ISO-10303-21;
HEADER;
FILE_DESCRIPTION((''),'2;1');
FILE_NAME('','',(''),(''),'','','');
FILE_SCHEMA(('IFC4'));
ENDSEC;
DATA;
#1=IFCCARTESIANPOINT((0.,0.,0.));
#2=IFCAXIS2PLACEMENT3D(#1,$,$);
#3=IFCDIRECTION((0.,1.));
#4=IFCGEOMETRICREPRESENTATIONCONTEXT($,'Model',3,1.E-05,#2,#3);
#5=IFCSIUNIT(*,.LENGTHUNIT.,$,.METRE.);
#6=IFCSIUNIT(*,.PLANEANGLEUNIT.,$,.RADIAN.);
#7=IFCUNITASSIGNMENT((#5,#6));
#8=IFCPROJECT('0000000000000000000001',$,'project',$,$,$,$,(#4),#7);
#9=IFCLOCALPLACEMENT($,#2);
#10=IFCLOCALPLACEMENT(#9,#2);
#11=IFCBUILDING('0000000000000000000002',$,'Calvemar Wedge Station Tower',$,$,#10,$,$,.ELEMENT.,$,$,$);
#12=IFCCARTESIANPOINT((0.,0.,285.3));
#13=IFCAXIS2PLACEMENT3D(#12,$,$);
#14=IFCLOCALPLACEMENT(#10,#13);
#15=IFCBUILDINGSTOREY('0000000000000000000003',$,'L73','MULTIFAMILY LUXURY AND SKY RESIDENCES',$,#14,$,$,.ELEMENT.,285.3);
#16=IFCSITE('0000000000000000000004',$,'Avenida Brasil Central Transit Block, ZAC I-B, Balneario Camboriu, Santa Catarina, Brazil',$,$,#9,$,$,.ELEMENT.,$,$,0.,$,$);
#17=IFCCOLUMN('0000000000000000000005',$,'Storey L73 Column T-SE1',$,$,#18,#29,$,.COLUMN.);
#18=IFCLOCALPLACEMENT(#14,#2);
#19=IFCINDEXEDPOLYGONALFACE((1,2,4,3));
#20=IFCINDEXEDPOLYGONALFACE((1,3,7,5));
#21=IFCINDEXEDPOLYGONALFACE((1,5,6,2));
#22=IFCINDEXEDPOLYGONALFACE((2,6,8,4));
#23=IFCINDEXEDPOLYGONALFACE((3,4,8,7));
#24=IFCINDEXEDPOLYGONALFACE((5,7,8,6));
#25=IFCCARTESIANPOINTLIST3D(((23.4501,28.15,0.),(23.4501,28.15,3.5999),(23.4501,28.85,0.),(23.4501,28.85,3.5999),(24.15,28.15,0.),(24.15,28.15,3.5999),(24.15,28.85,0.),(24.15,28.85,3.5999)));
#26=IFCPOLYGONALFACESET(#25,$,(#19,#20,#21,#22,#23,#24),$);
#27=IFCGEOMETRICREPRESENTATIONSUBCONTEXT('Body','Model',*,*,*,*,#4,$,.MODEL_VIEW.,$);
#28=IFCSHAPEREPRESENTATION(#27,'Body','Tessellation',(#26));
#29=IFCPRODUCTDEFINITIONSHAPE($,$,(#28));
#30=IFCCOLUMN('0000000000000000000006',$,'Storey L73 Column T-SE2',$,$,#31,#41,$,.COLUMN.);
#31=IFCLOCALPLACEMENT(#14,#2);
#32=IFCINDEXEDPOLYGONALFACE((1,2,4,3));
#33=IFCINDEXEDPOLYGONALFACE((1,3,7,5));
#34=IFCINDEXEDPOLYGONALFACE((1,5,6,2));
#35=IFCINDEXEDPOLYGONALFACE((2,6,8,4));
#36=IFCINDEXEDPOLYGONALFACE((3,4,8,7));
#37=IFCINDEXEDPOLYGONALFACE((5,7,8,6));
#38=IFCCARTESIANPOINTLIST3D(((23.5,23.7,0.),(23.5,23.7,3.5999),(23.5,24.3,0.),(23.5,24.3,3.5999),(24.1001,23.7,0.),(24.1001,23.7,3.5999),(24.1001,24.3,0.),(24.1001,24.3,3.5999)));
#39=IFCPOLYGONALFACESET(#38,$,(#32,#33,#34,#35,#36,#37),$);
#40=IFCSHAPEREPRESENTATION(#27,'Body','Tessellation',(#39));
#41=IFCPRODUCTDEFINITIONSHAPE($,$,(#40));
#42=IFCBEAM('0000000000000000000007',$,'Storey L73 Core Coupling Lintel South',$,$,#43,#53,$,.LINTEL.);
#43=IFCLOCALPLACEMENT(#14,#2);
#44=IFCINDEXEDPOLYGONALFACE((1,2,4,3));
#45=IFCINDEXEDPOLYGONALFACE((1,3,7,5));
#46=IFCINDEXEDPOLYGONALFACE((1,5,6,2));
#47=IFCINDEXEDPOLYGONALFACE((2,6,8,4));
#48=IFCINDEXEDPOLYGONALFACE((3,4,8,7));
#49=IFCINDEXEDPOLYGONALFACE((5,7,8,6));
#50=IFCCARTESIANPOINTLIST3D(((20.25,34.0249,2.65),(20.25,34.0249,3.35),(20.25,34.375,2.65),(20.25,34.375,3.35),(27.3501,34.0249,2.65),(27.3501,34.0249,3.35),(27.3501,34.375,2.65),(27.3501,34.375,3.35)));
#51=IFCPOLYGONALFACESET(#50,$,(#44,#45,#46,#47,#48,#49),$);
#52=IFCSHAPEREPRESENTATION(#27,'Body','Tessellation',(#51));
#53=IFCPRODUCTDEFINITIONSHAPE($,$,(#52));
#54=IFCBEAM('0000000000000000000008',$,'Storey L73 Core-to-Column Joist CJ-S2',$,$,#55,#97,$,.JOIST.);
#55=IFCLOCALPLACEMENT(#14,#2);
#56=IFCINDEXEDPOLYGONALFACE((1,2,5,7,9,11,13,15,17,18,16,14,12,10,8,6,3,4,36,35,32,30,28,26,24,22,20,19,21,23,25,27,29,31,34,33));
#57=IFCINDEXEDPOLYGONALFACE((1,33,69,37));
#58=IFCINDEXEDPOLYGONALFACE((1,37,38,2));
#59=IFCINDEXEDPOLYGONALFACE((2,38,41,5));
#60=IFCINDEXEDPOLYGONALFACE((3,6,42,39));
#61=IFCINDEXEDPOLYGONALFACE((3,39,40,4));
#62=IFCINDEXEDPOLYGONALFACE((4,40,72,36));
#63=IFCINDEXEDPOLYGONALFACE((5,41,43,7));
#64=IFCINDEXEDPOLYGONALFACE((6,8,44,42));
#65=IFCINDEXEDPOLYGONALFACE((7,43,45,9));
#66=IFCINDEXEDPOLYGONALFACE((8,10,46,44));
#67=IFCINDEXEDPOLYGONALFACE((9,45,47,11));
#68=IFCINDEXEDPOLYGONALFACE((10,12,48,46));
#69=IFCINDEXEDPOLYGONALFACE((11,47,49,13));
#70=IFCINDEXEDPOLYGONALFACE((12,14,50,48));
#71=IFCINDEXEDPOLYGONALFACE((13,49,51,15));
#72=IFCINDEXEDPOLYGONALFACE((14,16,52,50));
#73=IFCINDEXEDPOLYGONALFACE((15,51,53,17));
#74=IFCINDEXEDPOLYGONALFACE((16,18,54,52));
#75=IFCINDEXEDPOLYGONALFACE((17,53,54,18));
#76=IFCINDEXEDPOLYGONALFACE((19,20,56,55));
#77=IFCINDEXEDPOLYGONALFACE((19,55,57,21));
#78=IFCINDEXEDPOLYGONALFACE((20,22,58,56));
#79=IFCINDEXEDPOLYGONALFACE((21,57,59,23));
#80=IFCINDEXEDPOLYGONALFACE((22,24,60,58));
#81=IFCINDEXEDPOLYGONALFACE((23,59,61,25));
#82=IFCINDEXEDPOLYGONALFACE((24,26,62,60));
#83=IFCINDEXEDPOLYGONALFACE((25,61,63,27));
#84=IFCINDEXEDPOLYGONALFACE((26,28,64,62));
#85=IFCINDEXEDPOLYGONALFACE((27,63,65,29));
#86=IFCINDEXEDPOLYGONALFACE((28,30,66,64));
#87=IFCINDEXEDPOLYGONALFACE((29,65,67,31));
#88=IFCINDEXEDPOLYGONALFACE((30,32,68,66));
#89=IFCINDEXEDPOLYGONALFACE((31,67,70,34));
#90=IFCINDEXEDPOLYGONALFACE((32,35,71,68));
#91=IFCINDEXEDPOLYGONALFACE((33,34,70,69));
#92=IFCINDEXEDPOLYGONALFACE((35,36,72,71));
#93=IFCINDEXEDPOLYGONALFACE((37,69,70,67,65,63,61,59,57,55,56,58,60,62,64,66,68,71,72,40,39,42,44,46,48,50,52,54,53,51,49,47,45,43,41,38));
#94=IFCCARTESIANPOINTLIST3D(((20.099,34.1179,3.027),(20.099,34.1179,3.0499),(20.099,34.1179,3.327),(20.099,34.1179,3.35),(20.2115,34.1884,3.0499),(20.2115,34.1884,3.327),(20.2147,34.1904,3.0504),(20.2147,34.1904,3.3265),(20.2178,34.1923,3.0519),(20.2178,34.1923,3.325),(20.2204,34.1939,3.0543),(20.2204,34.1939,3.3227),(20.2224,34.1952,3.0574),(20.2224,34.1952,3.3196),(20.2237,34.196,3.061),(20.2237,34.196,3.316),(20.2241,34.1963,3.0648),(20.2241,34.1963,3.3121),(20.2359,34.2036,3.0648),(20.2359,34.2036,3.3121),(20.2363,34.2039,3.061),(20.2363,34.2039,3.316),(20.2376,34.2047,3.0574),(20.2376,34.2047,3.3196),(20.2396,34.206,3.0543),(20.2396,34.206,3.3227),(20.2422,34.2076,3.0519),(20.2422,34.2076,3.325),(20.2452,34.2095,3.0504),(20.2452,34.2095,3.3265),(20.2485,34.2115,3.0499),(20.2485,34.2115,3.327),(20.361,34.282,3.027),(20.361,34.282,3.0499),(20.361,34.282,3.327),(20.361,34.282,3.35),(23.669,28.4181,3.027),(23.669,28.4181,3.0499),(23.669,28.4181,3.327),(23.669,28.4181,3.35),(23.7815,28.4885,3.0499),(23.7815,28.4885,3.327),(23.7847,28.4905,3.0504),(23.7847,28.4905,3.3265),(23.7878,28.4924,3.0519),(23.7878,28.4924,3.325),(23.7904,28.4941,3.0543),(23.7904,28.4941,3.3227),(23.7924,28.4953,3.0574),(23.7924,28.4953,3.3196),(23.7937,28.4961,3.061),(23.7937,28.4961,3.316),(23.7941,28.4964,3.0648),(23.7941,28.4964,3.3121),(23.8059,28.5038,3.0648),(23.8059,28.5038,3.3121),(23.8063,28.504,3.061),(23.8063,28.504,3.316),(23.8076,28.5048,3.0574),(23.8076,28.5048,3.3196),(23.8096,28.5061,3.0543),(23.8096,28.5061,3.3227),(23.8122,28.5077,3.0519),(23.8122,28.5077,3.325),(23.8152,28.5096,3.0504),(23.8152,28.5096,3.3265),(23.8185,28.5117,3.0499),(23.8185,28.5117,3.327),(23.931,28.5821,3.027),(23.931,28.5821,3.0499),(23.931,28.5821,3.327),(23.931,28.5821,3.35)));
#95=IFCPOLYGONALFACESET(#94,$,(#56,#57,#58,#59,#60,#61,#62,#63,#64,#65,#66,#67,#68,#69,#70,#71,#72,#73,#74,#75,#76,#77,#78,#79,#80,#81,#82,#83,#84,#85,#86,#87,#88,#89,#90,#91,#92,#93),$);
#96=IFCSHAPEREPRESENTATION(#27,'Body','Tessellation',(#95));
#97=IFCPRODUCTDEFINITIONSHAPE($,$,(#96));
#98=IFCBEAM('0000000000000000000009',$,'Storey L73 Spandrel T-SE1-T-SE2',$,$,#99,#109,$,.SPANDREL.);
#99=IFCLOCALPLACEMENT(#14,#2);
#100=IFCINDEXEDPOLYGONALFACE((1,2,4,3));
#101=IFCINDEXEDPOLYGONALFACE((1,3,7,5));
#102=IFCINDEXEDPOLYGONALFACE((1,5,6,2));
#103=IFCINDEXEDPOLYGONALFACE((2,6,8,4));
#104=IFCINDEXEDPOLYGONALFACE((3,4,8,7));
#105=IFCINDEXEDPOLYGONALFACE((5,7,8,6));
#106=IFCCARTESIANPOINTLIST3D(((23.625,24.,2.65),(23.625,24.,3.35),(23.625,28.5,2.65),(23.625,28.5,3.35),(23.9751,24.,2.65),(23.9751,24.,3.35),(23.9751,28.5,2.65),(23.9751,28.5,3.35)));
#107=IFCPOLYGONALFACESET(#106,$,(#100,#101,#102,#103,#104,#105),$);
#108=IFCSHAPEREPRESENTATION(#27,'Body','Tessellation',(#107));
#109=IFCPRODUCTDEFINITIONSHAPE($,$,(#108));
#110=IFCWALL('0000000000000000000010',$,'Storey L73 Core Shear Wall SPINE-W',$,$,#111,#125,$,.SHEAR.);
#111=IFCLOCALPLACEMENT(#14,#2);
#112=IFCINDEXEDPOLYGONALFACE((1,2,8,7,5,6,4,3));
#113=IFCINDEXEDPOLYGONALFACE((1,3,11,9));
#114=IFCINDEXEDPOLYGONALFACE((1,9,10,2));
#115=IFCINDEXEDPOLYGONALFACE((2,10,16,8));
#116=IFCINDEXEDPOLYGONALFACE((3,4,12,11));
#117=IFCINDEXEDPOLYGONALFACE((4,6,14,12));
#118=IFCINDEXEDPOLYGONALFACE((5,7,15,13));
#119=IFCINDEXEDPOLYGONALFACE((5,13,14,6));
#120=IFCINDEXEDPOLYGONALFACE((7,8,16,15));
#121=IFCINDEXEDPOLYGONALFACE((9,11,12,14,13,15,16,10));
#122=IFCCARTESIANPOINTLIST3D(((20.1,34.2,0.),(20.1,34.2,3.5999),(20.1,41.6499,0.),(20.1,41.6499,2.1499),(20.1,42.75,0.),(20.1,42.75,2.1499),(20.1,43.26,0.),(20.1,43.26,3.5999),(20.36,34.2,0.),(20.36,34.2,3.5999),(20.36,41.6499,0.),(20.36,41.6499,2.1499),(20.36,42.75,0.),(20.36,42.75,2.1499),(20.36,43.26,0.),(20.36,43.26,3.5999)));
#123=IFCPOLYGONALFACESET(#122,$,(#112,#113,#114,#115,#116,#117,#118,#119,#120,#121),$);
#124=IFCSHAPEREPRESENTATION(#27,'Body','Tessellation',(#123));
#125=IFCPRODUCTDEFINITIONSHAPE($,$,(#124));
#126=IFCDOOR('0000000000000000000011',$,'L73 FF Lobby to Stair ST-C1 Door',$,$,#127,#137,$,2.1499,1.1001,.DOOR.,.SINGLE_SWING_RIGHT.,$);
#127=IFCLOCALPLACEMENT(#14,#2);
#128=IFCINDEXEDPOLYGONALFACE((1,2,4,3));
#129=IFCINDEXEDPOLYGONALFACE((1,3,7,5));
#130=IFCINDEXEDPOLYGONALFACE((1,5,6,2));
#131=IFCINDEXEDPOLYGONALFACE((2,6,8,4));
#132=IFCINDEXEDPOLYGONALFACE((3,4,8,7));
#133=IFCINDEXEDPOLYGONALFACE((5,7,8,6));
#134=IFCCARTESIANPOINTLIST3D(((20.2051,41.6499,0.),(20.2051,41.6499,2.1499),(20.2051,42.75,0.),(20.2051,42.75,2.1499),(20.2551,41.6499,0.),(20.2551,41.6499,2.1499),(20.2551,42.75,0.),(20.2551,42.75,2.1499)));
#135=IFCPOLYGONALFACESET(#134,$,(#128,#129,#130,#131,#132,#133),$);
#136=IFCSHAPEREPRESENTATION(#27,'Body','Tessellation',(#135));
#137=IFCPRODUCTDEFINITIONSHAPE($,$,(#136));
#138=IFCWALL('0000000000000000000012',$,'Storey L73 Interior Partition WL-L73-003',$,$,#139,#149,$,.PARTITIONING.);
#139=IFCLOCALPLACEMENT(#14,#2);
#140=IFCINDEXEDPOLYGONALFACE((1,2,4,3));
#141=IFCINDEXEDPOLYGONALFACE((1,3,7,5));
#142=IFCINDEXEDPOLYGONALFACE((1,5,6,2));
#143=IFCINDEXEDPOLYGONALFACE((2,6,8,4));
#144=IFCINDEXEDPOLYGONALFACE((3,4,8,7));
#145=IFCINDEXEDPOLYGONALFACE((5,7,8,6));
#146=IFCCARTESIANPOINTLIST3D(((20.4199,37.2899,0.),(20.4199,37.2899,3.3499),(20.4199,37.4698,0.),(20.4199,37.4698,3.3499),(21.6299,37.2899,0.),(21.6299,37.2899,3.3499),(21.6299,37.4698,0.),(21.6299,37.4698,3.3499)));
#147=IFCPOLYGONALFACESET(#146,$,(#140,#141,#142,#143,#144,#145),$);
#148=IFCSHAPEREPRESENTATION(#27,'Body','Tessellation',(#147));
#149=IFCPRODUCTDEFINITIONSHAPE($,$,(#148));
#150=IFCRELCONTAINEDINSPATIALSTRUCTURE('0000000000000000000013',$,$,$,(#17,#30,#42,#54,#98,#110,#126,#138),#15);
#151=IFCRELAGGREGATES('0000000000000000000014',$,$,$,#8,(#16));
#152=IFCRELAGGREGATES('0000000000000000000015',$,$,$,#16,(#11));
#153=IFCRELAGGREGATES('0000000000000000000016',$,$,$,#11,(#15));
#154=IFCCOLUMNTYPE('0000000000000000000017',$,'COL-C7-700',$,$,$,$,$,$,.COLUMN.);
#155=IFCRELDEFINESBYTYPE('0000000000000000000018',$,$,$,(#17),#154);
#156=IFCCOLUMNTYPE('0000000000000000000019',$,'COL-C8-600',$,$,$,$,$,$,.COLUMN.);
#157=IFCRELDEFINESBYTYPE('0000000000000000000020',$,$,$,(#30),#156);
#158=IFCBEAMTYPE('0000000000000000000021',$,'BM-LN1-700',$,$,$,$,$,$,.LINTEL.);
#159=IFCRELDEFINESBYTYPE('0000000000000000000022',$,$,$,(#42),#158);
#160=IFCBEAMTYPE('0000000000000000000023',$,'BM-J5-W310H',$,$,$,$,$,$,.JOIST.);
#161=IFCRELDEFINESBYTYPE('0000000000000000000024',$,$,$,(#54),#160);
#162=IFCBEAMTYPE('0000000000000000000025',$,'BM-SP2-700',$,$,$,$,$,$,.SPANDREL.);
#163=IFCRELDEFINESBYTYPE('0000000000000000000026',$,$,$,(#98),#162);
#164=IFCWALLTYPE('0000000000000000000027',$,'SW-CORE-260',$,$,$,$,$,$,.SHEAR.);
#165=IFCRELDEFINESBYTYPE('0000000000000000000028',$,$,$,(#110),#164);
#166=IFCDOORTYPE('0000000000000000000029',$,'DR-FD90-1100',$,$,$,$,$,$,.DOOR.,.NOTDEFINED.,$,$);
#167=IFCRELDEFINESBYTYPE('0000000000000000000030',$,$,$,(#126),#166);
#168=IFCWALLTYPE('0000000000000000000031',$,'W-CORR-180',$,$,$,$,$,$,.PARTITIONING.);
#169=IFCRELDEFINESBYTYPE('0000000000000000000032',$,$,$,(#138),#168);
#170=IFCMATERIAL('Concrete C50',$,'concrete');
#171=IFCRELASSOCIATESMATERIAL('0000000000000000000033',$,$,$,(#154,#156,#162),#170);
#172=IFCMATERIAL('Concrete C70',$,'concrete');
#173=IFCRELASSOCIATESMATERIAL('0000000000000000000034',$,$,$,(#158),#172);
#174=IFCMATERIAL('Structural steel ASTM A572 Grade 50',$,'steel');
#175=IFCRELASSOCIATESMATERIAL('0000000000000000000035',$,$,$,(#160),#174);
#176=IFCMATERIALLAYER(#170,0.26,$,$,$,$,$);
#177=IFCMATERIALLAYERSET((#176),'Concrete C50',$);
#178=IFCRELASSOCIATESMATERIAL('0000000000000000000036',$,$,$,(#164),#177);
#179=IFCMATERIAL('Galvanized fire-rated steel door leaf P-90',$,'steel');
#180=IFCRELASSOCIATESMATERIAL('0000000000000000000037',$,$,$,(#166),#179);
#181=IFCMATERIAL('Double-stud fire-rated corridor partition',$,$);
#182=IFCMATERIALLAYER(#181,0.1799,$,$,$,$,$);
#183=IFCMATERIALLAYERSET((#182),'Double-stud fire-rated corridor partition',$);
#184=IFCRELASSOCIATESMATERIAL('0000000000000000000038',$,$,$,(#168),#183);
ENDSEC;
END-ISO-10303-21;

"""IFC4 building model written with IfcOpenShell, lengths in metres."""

from ifc_helpers import new_model, si_unit, direction, frame, frame_2d, origin, origin_2d, place, context, subcontext, project, spatial, rectangle, i_section, extrude, source, transform, mapped, material, layer, layer_set, material_profile, profile_set, type_object, element, fill, save


model = new_model("IFC4")

# Units and contexts
model_context = context("Model", 3, precision=1e-05, world=origin(), true_north=direction((0.0, 1.0)))
body_context = subcontext(model_context, "Body", "Model", "MODEL_VIEW")
ifc_project = project(units=[si_unit("LENGTHUNIT", "METRE"), si_unit("PLANEANGLEUNIT", "RADIAN")], contexts=[model_context])

# Site, building, storey
site_placement = place(None, origin())
site = spatial("IfcSite", under=ifc_project, at=site_placement, Name="Avenida Brasil Central Transit Block, ZAC I-B, Balneario Camboriu, Santa Catarina, Brazil", CompositionType="ELEMENT", RefElevation=0.0)
building_placement = place(site_placement, origin())
building = spatial("IfcBuilding", under=site, at=building_placement, Name="Calvemar Wedge Station Tower", CompositionType="ELEMENT")
storey_placement = place(building_placement, frame((0.0, 0.0, 285.3)))
storey = spatial("IfcBuildingStorey", under=building, at=storey_placement, Name="L73", Description="MULTIFAMILY LUXURY AND SKY RESIDENCES", CompositionType="ELEMENT", Elevation=285.3)

# Columns
ifc_material_1 = material(Name="Concrete C50", Category="concrete")
ifc_material_profile_1 = material_profile(ifc_material_1, rectangle(XDim=0.7, YDim=0.7, at=origin_2d()), Name="RC700x700")
ifc_profile_set_1 = profile_set([ifc_material_profile_1], Name="Concrete C50")
column_type_1 = type_object("IfcColumnType", Name="COL-C7-700", PredefinedType="COLUMN", material=ifc_profile_set_1)
shared_shape_1 = source(origin(), body_context, "Body", "SweptSolid", [
    extrude(rectangle(XDim=0.7, YDim=0.7, at=origin_2d()), origin(), (0.0, 0.0, 1.0), 3.5999),
])
column_1_placement = place(storey_placement, frame((23.8, 28.5, 0.0), z_axis=(0.0, 0.0, 1.0), x_axis=(1.0, 0.0, 0.0)))
element("IfcColumn", 1, at=column_1_placement, inside=storey, type_object=column_type_1, Name="Storey L73 Column T-SE1", PredefinedType="COLUMN", context=body_context, shape_type="MappedRepresentation", body=[
    mapped(shared_shape_1, transform((0.0, 0.0, 0.0), scale=1.0)),
])
ifc_material_profile_2 = material_profile(ifc_material_1, rectangle(XDim=0.6001, YDim=0.6001, at=origin_2d()), Name="RC600x600")
ifc_profile_set_2 = profile_set([ifc_material_profile_2], Name="Concrete C50")
column_type_2 = type_object("IfcColumnType", Name="COL-C8-600", PredefinedType="COLUMN", material=ifc_profile_set_2)
shared_shape_2 = source(origin(), body_context, "Body", "SweptSolid", [
    extrude(rectangle(XDim=0.6001, YDim=0.6001, at=origin_2d()), origin(), (0.0, 0.0, 1.0), 3.5999),
])
column_2_placement = place(storey_placement, frame((23.8, 24.0, 0.0), z_axis=(0.0, 0.0, 1.0), x_axis=(1.0, 0.0, 0.0)))
element("IfcColumn", 2, at=column_2_placement, inside=storey, type_object=column_type_2, Name="Storey L73 Column T-SE2", PredefinedType="COLUMN", context=body_context, shape_type="MappedRepresentation", body=[
    mapped(shared_shape_2, transform((0.0, 0.0, 0.0), scale=1.0)),
])

# Beams
ifc_material_2 = material(Name="Concrete C70", Category="concrete")
ifc_material_profile_3 = material_profile(ifc_material_2, rectangle(XDim=0.3501, YDim=0.7, at=origin_2d()), Name="RC350x700")
ifc_profile_set_3 = profile_set([ifc_material_profile_3], Name="Concrete C70")
beam_type_1 = type_object("IfcBeamType", Name="BM-LN1-700", PredefinedType="LINTEL", material=ifc_profile_set_3)
shared_shape_3 = source(origin(), body_context, "Body", "SweptSolid", [
    extrude(rectangle(XDim=0.3501, YDim=0.7, at=origin_2d()), origin(), (0.0, 0.0, 1.0), 7.1001),
])
beam_1_placement = place(storey_placement, frame((20.25, 34.2, 3.0), z_axis=(1.0, 0.0, 0.0), x_axis=(0.0, 1.0, 0.0)))
element("IfcBeam", 3, at=beam_1_placement, inside=storey, type_object=beam_type_1, Name="Storey L73 Core Coupling Lintel South", PredefinedType="LINTEL", context=body_context, shape_type="MappedRepresentation", body=[
    mapped(shared_shape_3, transform((0.0, 0.0, 0.0), scale=1.0)),
])
ifc_material_3 = material(Name="Structural steel ASTM A572 Grade 50", Category="steel")
ifc_material_profile_4 = material_profile(ifc_material_3, i_section(OverallWidth=0.3091, OverallDepth=0.323, WebThickness=0.0139, FlangeThickness=0.0229, FilletRadius=0.0149, at=origin_2d()), Name="W310x143")
ifc_profile_set_4 = profile_set([ifc_material_profile_4], Name="Structural steel ASTM A572 Grade 50")
beam_type_2 = type_object("IfcBeamType", Name="BM-J5-W310H", PredefinedType="JOIST", material=ifc_profile_set_4)
shared_shape_4 = source(origin(), body_context, "Body", "SweptSolid", [
    extrude(i_section(OverallWidth=0.3091, OverallDepth=0.323, WebThickness=0.0139, FlangeThickness=0.0229, FilletRadius=0.0149, at=origin_2d()), origin(), (0.0, 0.0, 1.0), 6.7256),
])
beam_2_placement = place(storey_placement, frame((20.23, 34.2, 3.1885), z_axis=(0.530811, -0.84749, 0.0), x_axis=(0.84749, 0.530811, 0.0)))
element("IfcBeam", 4, at=beam_2_placement, inside=storey, type_object=beam_type_2, Name="Storey L73 Core-to-Column Joist CJ-S2", PredefinedType="JOIST", context=body_context, shape_type="MappedRepresentation", body=[
    mapped(shared_shape_4, transform((0.0, 0.0, 0.0), scale=1.0)),
])
ifc_material_profile_5 = material_profile(ifc_material_1, rectangle(XDim=0.3501, YDim=0.7, at=origin_2d()), Name="RC350x700")
ifc_profile_set_5 = profile_set([ifc_material_profile_5], Name="Concrete C50")
beam_type_3 = type_object("IfcBeamType", Name="BM-SP2-700", PredefinedType="SPANDREL", material=ifc_profile_set_5)
shared_shape_5 = source(origin(), body_context, "Body", "SweptSolid", [
    extrude(rectangle(XDim=0.3501, YDim=0.7, at=origin_2d()), origin(), (0.0, 0.0, 1.0), 4.5),
])
beam_3_placement = place(storey_placement, frame((23.8, 28.5, 3.0), z_axis=(0.0, -1.0, 0.0), x_axis=(1.0, 0.0, 0.0)))
element("IfcBeam", 5, at=beam_3_placement, inside=storey, type_object=beam_type_3, Name="Storey L73 Spandrel T-SE1-T-SE2", PredefinedType="SPANDREL", context=body_context, shape_type="MappedRepresentation", body=[
    mapped(shared_shape_5, transform((0.0, 0.0, 0.0), scale=1.0)),
])

# Wall, opening, door
ifc_layer_1 = layer(ifc_material_1, 0.26)
ifc_layer_set_1 = layer_set([ifc_layer_1], Name="Concrete C50")
wall_type_1 = type_object("IfcWallType", Name="SW-CORE-260", PredefinedType="SHEAR", material=ifc_layer_set_1)
wall_1_placement = place(storey_placement, frame((20.23, 34.2, 0.0), z_axis=(0.0, 0.0, 1.0), x_axis=(0.0, 1.0, 0.0)))
wall_1 = element("IfcWall", 6, at=wall_1_placement, inside=storey, type_object=wall_type_1, Name="Storey L73 Core Shear Wall SPINE-W", PredefinedType="SHEAR", context=body_context, shape_type="SweptSolid", body=[
    extrude(rectangle(XDim=9.0601, YDim=0.26, at=frame_2d((4.53, 0.0))), origin(), (0.0, 0.0, 1.0), 3.5999),
])
shared_shape_6 = source(origin(), body_context, "Body", "SweptSolid", [
    extrude(rectangle(XDim=1.1001, YDim=2.1499, at=frame_2d((0.55, 1.075))), frame((0.0, 0.1401, 0.0), z_axis=(0.0, -1.0, 0.0), x_axis=(1.0, 0.0, 0.0)), (0.0, 0.0, 1.0), 0.28),
])
opening_1_placement = place(wall_1_placement, frame((7.45, 0.0, 0.0)))
opening_1 = element("IfcOpeningElement", 7, at=opening_1_placement, cuts=wall_1, PredefinedType="OPENING", context=body_context, shape_type="MappedRepresentation", body=[
    mapped(shared_shape_6, transform((0.0, 0.0, 0.0), scale=1.0)),
])
ifc_material_4 = material(Name="Galvanized fire-rated steel door leaf P-90", Category="steel")
door_type_1 = type_object("IfcDoorType", Name="DR-FD90-1100", OperationType="NOTDEFINED", PredefinedType="DOOR", material=ifc_material_4)
shared_shape_7 = source(origin(), body_context, "Body", "SweptSolid", [
    extrude(rectangle(XDim=1.1001, YDim=2.1499, at=frame_2d((0.55, 1.075))), frame((0.0, 0.0249, 0.0), z_axis=(0.0, -1.0, 0.0), x_axis=(1.0, 0.0, 0.0)), (0.0, 0.0, 1.0), 0.05),
])
door_1_placement = place(opening_1_placement, origin())
door_1 = element("IfcDoor", 8, at=door_1_placement, inside=storey, type_object=door_type_1, Name="L73 FF Lobby to Stair ST-C1 Door", OperationType="SINGLE_SWING_RIGHT", OverallHeight=2.1499, OverallWidth=1.1001, PredefinedType="DOOR", context=body_context, shape_type="MappedRepresentation", body=[
    mapped(shared_shape_7, transform((0.0, 0.0, 0.0), scale=1.0)),
])
fill(opening_1, door_1)

# Wall
ifc_material_5 = material(Name="Double-stud fire-rated corridor partition")
ifc_layer_2 = layer(ifc_material_5, 0.1799)
ifc_layer_set_2 = layer_set([ifc_layer_2], Name="Double-stud fire-rated corridor partition")
wall_type_2 = type_object("IfcWallType", Name="W-CORR-180", PredefinedType="PARTITIONING", material=ifc_layer_set_2)
wall_2_placement = place(storey_placement, frame((21.6299, 37.3799, 0.0), z_axis=(0.0, 0.0, 1.0), x_axis=(-1.0, 0.0, 0.0)))
element("IfcWall", 9, at=wall_2_placement, inside=storey, type_object=wall_type_2, Name="Storey L73 Interior Partition WL-L73-003", PredefinedType="PARTITIONING", context=body_context, shape_type="SweptSolid", body=[
    extrude(rectangle(XDim=1.21, YDim=0.1799, at=frame_2d((0.605, 0.0))), origin(), (0.0, 0.0, 1.0), 3.3499),
])

save(model, "model.ifc")
